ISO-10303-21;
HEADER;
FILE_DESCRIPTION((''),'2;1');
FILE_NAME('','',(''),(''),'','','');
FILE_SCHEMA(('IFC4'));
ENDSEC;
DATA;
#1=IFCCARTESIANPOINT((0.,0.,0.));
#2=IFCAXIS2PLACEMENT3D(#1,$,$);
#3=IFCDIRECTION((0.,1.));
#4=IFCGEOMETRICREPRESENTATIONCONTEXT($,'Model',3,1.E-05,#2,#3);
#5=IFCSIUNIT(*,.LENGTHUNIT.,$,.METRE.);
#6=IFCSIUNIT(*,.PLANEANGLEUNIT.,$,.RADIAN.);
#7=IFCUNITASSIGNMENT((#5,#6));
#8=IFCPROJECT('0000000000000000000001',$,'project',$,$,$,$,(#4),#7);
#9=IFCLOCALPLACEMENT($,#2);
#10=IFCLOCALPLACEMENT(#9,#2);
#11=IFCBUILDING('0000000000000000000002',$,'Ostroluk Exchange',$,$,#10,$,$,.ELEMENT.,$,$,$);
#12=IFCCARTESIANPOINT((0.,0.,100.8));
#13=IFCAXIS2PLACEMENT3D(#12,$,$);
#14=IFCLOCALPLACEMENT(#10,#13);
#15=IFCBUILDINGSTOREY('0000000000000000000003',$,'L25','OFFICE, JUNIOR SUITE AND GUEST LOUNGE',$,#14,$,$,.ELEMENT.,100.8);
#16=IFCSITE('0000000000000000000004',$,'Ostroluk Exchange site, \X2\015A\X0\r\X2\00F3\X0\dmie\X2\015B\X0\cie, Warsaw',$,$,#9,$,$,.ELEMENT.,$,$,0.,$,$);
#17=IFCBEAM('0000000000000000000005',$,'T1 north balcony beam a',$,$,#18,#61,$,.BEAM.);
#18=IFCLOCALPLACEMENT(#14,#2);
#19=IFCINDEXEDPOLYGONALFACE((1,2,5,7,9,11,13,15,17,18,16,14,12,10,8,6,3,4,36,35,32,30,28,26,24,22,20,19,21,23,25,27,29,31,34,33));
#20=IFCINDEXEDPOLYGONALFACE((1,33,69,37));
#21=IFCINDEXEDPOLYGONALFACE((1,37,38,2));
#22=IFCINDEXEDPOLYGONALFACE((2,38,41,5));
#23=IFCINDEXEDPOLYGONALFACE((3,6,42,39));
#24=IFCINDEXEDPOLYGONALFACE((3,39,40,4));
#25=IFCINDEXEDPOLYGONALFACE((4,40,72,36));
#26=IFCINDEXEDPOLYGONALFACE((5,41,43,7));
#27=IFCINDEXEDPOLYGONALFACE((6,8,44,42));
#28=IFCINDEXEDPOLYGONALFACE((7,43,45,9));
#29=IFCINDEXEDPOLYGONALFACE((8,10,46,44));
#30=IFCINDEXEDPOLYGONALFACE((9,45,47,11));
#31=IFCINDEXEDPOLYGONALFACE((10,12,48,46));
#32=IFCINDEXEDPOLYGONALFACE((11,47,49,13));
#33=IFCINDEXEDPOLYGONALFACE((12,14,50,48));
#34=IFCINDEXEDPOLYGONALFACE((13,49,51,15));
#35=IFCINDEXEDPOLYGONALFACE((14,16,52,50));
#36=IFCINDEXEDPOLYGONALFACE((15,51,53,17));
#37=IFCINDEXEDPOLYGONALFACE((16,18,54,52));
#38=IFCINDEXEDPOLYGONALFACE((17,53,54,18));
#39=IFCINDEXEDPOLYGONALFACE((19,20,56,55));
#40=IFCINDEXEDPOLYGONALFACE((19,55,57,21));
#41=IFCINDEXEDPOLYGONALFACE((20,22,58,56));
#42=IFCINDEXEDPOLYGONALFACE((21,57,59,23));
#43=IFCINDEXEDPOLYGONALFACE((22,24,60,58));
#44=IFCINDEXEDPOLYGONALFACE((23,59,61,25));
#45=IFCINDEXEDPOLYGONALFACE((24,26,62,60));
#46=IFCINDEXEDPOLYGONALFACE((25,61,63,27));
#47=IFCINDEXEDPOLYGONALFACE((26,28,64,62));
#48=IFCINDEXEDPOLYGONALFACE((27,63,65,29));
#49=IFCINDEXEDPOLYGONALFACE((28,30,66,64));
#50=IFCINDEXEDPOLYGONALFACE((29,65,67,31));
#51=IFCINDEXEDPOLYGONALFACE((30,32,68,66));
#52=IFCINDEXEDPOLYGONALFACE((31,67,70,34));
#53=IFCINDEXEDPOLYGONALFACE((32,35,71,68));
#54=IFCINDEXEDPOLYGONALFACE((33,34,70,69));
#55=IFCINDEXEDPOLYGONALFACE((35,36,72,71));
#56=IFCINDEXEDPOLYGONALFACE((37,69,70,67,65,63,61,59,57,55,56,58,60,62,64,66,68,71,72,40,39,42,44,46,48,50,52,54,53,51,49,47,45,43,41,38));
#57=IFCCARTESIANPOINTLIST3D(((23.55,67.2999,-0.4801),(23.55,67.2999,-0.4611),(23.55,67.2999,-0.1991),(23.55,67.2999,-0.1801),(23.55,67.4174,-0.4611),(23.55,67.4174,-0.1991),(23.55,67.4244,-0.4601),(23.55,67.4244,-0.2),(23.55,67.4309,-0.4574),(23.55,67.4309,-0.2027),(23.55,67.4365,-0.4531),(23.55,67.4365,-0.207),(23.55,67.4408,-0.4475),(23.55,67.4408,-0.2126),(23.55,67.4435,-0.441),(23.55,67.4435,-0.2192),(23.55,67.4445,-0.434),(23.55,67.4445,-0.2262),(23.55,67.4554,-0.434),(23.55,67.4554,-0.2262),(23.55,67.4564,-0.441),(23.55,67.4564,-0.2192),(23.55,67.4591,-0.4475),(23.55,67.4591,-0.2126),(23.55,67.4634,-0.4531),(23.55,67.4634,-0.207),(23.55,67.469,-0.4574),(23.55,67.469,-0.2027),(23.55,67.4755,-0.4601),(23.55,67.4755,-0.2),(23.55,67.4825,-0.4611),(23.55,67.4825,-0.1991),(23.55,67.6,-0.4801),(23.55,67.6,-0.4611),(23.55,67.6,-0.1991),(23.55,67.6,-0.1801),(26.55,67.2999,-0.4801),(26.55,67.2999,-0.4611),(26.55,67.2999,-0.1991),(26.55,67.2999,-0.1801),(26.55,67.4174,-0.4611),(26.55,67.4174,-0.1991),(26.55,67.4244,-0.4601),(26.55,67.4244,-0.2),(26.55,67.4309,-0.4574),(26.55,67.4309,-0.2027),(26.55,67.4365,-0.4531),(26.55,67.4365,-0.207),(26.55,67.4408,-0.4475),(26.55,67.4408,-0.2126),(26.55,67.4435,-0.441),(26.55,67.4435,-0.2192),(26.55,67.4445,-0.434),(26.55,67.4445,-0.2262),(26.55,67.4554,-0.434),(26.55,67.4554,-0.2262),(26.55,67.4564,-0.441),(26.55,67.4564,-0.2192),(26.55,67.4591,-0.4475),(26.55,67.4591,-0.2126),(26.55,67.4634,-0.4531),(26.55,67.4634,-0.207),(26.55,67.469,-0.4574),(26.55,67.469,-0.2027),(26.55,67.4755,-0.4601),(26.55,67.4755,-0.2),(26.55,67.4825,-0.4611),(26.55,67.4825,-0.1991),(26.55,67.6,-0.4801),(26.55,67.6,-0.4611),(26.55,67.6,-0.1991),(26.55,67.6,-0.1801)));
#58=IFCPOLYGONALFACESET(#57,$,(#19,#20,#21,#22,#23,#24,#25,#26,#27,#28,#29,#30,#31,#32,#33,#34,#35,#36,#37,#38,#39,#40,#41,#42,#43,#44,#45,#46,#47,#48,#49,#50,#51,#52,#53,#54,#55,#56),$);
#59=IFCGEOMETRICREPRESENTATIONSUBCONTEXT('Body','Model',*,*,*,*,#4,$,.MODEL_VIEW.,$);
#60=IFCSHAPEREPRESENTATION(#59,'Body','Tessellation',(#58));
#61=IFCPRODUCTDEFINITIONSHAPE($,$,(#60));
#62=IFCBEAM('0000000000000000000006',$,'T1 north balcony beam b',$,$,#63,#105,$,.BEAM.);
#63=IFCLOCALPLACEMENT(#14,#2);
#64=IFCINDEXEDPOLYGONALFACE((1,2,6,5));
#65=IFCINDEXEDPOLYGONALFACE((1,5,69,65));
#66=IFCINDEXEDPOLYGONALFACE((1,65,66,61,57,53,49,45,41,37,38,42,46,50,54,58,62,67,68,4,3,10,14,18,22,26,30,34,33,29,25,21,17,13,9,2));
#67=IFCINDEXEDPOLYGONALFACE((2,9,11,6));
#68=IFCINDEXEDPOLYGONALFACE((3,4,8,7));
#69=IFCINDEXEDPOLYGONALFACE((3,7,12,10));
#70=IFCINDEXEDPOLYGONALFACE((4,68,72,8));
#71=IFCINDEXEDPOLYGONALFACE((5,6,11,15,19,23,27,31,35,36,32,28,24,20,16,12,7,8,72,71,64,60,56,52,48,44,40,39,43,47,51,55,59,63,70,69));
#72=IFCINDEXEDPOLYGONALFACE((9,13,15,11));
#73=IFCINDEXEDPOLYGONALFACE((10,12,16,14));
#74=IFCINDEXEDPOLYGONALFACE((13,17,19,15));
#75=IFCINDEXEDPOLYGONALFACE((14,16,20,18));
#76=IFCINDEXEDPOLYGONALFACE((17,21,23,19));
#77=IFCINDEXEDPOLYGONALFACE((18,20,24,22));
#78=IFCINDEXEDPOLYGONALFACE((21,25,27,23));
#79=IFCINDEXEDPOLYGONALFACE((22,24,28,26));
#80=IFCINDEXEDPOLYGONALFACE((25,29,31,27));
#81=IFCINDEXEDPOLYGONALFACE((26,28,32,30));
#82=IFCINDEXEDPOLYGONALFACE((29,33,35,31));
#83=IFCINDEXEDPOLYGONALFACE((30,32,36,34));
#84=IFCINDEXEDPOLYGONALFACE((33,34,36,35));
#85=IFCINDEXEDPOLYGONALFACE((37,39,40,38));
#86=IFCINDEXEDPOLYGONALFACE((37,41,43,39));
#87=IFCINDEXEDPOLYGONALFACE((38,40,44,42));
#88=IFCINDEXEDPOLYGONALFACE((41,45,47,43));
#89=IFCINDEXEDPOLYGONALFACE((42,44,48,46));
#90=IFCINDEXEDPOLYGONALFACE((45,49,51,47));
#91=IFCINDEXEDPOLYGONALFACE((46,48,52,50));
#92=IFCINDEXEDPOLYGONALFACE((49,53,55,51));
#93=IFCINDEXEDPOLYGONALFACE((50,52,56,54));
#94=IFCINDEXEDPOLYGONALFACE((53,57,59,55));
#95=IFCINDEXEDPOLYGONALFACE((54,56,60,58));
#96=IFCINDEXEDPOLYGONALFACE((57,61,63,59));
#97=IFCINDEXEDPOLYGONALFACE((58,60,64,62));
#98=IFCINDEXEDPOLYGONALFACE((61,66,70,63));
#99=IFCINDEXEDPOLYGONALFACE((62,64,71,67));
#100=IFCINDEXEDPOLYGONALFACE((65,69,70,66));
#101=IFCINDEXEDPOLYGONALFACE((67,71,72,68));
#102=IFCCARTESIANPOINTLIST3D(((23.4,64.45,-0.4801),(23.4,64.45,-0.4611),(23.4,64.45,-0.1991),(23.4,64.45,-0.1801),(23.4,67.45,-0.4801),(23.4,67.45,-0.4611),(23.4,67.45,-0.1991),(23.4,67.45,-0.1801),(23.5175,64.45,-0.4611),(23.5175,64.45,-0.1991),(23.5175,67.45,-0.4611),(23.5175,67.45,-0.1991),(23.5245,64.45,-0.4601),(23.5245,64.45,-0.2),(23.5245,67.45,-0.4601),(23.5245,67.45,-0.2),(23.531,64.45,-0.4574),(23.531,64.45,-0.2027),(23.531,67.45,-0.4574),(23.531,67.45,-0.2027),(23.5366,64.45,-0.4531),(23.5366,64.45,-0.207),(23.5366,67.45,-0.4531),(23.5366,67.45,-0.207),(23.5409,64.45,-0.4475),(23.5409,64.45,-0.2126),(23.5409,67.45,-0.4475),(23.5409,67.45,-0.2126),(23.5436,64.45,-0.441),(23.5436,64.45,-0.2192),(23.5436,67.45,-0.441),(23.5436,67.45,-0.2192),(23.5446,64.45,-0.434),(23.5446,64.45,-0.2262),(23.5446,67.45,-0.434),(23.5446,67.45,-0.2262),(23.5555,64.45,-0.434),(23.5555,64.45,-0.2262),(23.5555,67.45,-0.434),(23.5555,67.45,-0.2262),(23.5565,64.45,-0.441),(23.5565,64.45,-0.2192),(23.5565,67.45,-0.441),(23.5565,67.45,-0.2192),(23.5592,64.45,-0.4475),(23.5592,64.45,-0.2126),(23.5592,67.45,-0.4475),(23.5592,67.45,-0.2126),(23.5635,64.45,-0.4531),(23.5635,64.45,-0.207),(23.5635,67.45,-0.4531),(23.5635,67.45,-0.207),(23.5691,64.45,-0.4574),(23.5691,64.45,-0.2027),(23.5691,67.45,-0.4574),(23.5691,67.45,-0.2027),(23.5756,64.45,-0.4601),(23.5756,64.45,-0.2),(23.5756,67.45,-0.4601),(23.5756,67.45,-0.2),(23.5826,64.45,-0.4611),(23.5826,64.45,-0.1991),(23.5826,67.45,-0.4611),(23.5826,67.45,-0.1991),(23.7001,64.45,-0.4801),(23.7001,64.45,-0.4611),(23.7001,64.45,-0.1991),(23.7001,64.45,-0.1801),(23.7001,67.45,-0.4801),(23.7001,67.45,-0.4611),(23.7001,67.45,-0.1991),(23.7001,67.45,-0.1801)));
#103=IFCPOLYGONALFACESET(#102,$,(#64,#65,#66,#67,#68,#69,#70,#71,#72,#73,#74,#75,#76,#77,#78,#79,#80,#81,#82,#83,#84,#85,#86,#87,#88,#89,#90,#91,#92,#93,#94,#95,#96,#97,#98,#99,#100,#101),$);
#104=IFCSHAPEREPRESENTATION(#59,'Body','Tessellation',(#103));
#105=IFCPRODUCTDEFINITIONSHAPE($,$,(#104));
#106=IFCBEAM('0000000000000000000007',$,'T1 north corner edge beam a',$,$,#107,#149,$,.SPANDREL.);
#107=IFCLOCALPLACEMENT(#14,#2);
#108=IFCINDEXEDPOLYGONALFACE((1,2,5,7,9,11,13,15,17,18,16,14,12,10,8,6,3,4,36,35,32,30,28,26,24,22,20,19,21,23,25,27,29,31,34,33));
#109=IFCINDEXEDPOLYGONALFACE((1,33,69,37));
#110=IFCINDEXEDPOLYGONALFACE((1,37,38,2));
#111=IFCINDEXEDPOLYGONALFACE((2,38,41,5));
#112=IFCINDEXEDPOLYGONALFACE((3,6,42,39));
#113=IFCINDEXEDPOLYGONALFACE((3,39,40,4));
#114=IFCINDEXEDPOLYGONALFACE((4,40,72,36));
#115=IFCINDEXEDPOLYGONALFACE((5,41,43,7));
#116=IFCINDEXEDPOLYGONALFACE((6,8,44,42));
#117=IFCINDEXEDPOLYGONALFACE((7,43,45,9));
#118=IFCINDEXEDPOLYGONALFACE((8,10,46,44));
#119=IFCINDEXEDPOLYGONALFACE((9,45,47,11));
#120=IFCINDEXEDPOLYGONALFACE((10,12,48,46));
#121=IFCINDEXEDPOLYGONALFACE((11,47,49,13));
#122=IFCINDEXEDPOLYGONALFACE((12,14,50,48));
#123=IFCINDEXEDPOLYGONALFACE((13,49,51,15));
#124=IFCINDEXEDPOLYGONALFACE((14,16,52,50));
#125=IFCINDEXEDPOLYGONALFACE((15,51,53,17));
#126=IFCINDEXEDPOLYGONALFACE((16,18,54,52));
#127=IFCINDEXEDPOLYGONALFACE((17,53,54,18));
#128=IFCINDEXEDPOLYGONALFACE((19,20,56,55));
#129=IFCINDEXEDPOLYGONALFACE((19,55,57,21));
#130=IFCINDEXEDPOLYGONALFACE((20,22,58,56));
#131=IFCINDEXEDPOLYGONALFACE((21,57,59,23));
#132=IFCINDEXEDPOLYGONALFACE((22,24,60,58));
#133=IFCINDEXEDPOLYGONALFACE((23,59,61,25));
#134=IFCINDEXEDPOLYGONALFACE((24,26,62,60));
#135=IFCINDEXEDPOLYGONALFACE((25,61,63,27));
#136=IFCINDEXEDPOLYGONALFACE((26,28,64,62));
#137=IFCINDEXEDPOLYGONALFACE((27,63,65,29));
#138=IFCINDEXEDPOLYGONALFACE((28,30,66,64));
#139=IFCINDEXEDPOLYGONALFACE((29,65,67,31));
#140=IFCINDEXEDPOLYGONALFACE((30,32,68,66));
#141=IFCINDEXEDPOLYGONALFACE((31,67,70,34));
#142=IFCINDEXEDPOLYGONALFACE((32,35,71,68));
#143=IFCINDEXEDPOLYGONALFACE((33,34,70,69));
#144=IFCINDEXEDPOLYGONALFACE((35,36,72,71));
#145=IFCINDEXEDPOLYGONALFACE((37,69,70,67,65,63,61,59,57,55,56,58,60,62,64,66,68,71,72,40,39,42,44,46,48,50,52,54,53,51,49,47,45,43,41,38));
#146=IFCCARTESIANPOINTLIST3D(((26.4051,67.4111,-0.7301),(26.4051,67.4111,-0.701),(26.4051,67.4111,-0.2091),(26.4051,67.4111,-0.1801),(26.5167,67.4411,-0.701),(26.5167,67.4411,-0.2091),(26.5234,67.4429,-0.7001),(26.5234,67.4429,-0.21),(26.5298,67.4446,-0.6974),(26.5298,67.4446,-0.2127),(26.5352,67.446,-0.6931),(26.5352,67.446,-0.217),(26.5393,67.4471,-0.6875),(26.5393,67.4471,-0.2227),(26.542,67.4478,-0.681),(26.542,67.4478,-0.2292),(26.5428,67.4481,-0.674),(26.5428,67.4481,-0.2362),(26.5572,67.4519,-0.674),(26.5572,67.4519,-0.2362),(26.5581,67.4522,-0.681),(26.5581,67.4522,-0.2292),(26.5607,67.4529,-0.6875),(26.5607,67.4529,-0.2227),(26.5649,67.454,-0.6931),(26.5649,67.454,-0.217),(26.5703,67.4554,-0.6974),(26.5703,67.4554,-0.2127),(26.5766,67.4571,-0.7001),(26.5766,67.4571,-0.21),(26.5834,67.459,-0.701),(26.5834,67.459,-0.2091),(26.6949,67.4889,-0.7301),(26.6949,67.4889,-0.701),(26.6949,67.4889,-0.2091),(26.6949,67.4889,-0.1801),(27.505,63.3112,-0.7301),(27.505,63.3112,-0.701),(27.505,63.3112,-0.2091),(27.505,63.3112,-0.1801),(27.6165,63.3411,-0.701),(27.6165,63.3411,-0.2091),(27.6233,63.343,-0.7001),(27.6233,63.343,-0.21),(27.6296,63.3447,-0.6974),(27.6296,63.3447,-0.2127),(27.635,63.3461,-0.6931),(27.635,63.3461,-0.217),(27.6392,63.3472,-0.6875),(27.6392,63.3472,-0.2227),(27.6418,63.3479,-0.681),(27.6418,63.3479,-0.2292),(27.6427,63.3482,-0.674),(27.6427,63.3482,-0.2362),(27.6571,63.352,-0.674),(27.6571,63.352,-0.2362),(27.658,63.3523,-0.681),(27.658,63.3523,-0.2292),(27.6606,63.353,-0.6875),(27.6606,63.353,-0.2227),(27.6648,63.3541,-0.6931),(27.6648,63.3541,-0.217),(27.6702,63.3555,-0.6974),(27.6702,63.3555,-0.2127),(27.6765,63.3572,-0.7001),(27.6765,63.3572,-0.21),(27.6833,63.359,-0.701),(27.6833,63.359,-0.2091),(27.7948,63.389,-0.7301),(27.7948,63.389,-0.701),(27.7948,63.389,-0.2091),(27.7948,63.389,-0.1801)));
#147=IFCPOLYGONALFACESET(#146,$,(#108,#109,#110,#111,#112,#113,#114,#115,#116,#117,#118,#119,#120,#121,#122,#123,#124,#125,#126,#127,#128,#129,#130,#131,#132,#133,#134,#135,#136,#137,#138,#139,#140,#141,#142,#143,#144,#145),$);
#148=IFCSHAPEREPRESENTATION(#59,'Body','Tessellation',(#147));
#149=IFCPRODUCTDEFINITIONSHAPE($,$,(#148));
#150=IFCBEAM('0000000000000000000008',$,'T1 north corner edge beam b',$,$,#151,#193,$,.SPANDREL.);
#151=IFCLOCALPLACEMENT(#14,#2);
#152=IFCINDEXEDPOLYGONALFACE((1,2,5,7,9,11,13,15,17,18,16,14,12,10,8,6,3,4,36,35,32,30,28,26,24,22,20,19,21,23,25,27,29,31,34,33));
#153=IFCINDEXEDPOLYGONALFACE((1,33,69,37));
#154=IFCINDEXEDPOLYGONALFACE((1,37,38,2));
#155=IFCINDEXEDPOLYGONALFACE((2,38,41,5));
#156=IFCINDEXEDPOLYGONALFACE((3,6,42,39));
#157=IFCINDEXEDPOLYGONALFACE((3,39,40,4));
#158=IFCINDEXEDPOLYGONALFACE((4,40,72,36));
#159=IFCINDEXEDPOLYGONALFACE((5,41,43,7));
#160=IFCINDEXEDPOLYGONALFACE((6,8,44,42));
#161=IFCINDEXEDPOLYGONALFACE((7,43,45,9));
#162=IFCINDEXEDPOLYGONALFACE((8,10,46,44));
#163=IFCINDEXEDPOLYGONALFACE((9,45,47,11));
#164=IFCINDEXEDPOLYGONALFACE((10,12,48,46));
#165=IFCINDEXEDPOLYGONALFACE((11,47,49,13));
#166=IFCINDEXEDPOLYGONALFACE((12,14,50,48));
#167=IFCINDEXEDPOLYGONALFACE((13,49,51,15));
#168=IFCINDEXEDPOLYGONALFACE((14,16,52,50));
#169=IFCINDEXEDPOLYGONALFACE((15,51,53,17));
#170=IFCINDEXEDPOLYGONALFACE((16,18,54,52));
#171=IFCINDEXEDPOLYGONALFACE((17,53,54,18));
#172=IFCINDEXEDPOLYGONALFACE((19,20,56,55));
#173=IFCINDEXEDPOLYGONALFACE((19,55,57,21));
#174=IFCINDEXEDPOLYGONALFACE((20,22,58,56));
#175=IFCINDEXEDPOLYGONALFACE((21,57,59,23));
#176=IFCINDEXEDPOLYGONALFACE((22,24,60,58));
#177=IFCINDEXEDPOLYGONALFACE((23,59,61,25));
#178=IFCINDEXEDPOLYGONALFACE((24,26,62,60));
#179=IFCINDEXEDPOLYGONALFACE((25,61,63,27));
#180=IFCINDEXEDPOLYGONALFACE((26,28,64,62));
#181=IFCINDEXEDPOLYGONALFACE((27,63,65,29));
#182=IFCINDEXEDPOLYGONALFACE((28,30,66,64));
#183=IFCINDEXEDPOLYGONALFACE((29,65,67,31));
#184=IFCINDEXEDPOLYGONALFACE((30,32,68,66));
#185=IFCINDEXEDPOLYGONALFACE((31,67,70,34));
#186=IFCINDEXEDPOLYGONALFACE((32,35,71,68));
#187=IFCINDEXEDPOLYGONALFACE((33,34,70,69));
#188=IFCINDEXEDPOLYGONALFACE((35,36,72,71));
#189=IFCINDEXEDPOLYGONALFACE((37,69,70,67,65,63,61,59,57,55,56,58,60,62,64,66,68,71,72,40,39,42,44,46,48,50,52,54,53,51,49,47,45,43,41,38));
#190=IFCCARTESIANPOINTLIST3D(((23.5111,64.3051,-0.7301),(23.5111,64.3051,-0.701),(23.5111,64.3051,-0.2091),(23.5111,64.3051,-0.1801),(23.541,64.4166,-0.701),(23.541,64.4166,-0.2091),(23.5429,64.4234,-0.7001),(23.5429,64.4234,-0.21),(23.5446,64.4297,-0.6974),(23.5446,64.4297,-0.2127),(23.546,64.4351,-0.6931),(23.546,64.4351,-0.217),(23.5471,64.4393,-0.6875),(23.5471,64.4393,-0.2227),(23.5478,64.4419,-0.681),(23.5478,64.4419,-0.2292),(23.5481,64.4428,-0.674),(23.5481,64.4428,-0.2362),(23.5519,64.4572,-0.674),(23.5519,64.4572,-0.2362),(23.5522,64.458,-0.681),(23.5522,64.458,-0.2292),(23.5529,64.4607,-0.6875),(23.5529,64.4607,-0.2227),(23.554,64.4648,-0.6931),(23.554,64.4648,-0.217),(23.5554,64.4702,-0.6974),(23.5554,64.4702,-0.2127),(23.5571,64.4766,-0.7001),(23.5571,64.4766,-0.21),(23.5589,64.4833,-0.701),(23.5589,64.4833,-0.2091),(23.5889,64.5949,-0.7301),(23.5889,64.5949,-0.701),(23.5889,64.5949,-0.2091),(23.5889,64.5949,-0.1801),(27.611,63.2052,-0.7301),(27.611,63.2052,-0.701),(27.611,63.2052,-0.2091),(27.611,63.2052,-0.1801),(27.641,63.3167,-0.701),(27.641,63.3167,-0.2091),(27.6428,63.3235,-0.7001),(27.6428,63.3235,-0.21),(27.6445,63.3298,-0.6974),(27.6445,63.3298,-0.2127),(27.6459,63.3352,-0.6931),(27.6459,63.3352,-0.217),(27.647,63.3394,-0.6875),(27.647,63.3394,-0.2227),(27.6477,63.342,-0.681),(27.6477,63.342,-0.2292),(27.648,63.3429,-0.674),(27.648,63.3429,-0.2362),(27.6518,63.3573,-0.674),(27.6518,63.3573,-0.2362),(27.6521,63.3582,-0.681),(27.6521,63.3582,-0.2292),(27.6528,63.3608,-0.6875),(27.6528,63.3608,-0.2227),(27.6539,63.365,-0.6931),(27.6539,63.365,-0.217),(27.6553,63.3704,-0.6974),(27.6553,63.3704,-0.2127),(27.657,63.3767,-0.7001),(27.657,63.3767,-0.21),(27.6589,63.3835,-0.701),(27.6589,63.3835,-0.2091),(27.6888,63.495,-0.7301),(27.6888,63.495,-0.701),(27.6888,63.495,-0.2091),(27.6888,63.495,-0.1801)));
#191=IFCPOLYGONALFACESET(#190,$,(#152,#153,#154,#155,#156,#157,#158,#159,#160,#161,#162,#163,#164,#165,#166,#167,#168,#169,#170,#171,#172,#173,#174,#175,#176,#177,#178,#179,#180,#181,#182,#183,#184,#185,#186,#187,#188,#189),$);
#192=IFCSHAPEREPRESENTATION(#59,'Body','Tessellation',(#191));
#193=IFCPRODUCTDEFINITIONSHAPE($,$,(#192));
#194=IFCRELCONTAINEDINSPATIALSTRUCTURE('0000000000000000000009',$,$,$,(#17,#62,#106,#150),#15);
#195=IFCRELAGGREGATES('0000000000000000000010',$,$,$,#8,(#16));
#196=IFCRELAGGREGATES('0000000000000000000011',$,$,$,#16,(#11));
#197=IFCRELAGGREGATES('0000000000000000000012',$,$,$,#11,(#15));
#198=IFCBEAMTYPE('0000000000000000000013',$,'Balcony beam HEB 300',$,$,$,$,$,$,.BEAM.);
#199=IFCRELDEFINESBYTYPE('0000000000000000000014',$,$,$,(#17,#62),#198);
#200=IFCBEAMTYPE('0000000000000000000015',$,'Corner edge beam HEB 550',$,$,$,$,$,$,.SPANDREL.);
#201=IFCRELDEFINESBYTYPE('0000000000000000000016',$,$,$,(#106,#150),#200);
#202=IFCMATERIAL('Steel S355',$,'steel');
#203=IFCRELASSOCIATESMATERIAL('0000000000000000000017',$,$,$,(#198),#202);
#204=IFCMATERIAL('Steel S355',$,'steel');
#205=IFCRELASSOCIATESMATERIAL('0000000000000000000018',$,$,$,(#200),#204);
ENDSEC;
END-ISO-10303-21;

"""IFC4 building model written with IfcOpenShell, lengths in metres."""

from ifc_helpers import new_model, si_unit, direction, frame, origin, origin_2d, place, context, subcontext, project, spatial, i_section, extrude, material, material_profile, profile_set, type_object, element, save


model = new_model("IFC4")

# Units and contexts
model_context = context("Model", 3, precision=1e-05, world=origin(), true_north=direction((0.0, 1.0)))
body_context = subcontext(model_context, "Body", "Model", "MODEL_VIEW")
ifc_project = project(units=[si_unit("LENGTHUNIT", "METRE"), si_unit("PLANEANGLEUNIT", "RADIAN")], contexts=[model_context])

# Site, building, storey
site_placement = place(None, origin())
site = spatial("IfcSite", under=ifc_project, at=site_placement, Name="Ostroluk Exchange site, Śródmieście, Warsaw", CompositionType="ELEMENT", RefElevation=0.0)
building_placement = place(site_placement, origin())
building = spatial("IfcBuilding", under=site, at=building_placement, Name="Ostroluk Exchange", CompositionType="ELEMENT")
storey_placement = place(building_placement, frame((0.0, 0.0, 100.8)))
storey = spatial("IfcBuildingStorey", under=building, at=storey_placement, Name="L25", Description="OFFICE, JUNIOR SUITE AND GUEST LOUNGE", CompositionType="ELEMENT", Elevation=100.8)

# Beams
ifc_material_1 = material(Name="Steel S355", Category="steel")
ifc_material_profile_1 = material_profile(ifc_material_1, i_section(OverallWidth=0.3, OverallDepth=0.3, WebThickness=0.011, FlangeThickness=0.019, FilletRadius=0.0271, at=origin_2d()), Name="HEB 300")
ifc_profile_set_1 = profile_set([ifc_material_profile_1], Name="Steel S355")
beam_type_1 = type_object("IfcBeamType", Name="Balcony beam HEB 300", PredefinedType="BEAM", material=ifc_profile_set_1)
for number, where, z_axis, x_axis, name in (
    (1, (26.55, 67.45, -0.3301), (-1.0, 0.0, 0.0), (0.0, -1.0, 0.0), "T1 north balcony beam a"),
    (2, (23.55, 64.45, -0.3301), (0.0, 1.0, 0.0), (-1.0, 0.0, 0.0), "T1 north balcony beam b"),
):
    element("IfcBeam", number, at=place(storey_placement, frame(where, z_axis=z_axis, x_axis=x_axis)), inside=storey, type_object=beam_type_1, Name=name, PredefinedType="BEAM", context=body_context, shape_type="SweptSolid", body=[
        extrude(i_section(OverallWidth=0.3, OverallDepth=0.3, WebThickness=0.011, FlangeThickness=0.019, FilletRadius=0.0271, at=origin_2d()), origin(), (0.0, 0.0, 1.0), 3.0),
    ])
ifc_material_2 = material(Name="Steel S355", Category="steel")
ifc_material_profile_2 = material_profile(ifc_material_2, i_section(OverallWidth=0.3, OverallDepth=0.55, WebThickness=0.0149, FlangeThickness=0.0291, FilletRadius=0.0271, at=origin_2d()), Name="HEB 550")
ifc_profile_set_2 = profile_set([ifc_material_profile_2], Name="Steel S355")
beam_type_2 = type_object("IfcBeamType", Name="Corner edge beam HEB 550", PredefinedType="SPANDREL", material=ifc_profile_set_2)
for number, where, z_axis, x_axis, name in (
    (3, (27.6499, 63.3501, -0.4551), (-0.259105, 0.965849, 0.0), (-0.965849, -0.259105, 0.0), "T1 north corner edge beam a"),
    (4, (27.6499, 63.3501, -0.4551), (-0.965849, 0.259105, 0.0), (-0.259105, -0.965849, 0.0), "T1 north corner edge beam b"),
):
    element("IfcBeam", number, at=place(storey_placement, frame(where, z_axis=z_axis, x_axis=x_axis)), inside=storey, type_object=beam_type_2, Name=name, PredefinedType="SPANDREL", context=body_context, shape_type="SweptSolid", body=[
        extrude(i_section(OverallWidth=0.3, OverallDepth=0.55, WebThickness=0.0149, FlangeThickness=0.0291, FilletRadius=0.0271, at=origin_2d()), origin(), (0.0, 0.0, 1.0), 4.2449),
    ])

save(model, "model.ifc")
